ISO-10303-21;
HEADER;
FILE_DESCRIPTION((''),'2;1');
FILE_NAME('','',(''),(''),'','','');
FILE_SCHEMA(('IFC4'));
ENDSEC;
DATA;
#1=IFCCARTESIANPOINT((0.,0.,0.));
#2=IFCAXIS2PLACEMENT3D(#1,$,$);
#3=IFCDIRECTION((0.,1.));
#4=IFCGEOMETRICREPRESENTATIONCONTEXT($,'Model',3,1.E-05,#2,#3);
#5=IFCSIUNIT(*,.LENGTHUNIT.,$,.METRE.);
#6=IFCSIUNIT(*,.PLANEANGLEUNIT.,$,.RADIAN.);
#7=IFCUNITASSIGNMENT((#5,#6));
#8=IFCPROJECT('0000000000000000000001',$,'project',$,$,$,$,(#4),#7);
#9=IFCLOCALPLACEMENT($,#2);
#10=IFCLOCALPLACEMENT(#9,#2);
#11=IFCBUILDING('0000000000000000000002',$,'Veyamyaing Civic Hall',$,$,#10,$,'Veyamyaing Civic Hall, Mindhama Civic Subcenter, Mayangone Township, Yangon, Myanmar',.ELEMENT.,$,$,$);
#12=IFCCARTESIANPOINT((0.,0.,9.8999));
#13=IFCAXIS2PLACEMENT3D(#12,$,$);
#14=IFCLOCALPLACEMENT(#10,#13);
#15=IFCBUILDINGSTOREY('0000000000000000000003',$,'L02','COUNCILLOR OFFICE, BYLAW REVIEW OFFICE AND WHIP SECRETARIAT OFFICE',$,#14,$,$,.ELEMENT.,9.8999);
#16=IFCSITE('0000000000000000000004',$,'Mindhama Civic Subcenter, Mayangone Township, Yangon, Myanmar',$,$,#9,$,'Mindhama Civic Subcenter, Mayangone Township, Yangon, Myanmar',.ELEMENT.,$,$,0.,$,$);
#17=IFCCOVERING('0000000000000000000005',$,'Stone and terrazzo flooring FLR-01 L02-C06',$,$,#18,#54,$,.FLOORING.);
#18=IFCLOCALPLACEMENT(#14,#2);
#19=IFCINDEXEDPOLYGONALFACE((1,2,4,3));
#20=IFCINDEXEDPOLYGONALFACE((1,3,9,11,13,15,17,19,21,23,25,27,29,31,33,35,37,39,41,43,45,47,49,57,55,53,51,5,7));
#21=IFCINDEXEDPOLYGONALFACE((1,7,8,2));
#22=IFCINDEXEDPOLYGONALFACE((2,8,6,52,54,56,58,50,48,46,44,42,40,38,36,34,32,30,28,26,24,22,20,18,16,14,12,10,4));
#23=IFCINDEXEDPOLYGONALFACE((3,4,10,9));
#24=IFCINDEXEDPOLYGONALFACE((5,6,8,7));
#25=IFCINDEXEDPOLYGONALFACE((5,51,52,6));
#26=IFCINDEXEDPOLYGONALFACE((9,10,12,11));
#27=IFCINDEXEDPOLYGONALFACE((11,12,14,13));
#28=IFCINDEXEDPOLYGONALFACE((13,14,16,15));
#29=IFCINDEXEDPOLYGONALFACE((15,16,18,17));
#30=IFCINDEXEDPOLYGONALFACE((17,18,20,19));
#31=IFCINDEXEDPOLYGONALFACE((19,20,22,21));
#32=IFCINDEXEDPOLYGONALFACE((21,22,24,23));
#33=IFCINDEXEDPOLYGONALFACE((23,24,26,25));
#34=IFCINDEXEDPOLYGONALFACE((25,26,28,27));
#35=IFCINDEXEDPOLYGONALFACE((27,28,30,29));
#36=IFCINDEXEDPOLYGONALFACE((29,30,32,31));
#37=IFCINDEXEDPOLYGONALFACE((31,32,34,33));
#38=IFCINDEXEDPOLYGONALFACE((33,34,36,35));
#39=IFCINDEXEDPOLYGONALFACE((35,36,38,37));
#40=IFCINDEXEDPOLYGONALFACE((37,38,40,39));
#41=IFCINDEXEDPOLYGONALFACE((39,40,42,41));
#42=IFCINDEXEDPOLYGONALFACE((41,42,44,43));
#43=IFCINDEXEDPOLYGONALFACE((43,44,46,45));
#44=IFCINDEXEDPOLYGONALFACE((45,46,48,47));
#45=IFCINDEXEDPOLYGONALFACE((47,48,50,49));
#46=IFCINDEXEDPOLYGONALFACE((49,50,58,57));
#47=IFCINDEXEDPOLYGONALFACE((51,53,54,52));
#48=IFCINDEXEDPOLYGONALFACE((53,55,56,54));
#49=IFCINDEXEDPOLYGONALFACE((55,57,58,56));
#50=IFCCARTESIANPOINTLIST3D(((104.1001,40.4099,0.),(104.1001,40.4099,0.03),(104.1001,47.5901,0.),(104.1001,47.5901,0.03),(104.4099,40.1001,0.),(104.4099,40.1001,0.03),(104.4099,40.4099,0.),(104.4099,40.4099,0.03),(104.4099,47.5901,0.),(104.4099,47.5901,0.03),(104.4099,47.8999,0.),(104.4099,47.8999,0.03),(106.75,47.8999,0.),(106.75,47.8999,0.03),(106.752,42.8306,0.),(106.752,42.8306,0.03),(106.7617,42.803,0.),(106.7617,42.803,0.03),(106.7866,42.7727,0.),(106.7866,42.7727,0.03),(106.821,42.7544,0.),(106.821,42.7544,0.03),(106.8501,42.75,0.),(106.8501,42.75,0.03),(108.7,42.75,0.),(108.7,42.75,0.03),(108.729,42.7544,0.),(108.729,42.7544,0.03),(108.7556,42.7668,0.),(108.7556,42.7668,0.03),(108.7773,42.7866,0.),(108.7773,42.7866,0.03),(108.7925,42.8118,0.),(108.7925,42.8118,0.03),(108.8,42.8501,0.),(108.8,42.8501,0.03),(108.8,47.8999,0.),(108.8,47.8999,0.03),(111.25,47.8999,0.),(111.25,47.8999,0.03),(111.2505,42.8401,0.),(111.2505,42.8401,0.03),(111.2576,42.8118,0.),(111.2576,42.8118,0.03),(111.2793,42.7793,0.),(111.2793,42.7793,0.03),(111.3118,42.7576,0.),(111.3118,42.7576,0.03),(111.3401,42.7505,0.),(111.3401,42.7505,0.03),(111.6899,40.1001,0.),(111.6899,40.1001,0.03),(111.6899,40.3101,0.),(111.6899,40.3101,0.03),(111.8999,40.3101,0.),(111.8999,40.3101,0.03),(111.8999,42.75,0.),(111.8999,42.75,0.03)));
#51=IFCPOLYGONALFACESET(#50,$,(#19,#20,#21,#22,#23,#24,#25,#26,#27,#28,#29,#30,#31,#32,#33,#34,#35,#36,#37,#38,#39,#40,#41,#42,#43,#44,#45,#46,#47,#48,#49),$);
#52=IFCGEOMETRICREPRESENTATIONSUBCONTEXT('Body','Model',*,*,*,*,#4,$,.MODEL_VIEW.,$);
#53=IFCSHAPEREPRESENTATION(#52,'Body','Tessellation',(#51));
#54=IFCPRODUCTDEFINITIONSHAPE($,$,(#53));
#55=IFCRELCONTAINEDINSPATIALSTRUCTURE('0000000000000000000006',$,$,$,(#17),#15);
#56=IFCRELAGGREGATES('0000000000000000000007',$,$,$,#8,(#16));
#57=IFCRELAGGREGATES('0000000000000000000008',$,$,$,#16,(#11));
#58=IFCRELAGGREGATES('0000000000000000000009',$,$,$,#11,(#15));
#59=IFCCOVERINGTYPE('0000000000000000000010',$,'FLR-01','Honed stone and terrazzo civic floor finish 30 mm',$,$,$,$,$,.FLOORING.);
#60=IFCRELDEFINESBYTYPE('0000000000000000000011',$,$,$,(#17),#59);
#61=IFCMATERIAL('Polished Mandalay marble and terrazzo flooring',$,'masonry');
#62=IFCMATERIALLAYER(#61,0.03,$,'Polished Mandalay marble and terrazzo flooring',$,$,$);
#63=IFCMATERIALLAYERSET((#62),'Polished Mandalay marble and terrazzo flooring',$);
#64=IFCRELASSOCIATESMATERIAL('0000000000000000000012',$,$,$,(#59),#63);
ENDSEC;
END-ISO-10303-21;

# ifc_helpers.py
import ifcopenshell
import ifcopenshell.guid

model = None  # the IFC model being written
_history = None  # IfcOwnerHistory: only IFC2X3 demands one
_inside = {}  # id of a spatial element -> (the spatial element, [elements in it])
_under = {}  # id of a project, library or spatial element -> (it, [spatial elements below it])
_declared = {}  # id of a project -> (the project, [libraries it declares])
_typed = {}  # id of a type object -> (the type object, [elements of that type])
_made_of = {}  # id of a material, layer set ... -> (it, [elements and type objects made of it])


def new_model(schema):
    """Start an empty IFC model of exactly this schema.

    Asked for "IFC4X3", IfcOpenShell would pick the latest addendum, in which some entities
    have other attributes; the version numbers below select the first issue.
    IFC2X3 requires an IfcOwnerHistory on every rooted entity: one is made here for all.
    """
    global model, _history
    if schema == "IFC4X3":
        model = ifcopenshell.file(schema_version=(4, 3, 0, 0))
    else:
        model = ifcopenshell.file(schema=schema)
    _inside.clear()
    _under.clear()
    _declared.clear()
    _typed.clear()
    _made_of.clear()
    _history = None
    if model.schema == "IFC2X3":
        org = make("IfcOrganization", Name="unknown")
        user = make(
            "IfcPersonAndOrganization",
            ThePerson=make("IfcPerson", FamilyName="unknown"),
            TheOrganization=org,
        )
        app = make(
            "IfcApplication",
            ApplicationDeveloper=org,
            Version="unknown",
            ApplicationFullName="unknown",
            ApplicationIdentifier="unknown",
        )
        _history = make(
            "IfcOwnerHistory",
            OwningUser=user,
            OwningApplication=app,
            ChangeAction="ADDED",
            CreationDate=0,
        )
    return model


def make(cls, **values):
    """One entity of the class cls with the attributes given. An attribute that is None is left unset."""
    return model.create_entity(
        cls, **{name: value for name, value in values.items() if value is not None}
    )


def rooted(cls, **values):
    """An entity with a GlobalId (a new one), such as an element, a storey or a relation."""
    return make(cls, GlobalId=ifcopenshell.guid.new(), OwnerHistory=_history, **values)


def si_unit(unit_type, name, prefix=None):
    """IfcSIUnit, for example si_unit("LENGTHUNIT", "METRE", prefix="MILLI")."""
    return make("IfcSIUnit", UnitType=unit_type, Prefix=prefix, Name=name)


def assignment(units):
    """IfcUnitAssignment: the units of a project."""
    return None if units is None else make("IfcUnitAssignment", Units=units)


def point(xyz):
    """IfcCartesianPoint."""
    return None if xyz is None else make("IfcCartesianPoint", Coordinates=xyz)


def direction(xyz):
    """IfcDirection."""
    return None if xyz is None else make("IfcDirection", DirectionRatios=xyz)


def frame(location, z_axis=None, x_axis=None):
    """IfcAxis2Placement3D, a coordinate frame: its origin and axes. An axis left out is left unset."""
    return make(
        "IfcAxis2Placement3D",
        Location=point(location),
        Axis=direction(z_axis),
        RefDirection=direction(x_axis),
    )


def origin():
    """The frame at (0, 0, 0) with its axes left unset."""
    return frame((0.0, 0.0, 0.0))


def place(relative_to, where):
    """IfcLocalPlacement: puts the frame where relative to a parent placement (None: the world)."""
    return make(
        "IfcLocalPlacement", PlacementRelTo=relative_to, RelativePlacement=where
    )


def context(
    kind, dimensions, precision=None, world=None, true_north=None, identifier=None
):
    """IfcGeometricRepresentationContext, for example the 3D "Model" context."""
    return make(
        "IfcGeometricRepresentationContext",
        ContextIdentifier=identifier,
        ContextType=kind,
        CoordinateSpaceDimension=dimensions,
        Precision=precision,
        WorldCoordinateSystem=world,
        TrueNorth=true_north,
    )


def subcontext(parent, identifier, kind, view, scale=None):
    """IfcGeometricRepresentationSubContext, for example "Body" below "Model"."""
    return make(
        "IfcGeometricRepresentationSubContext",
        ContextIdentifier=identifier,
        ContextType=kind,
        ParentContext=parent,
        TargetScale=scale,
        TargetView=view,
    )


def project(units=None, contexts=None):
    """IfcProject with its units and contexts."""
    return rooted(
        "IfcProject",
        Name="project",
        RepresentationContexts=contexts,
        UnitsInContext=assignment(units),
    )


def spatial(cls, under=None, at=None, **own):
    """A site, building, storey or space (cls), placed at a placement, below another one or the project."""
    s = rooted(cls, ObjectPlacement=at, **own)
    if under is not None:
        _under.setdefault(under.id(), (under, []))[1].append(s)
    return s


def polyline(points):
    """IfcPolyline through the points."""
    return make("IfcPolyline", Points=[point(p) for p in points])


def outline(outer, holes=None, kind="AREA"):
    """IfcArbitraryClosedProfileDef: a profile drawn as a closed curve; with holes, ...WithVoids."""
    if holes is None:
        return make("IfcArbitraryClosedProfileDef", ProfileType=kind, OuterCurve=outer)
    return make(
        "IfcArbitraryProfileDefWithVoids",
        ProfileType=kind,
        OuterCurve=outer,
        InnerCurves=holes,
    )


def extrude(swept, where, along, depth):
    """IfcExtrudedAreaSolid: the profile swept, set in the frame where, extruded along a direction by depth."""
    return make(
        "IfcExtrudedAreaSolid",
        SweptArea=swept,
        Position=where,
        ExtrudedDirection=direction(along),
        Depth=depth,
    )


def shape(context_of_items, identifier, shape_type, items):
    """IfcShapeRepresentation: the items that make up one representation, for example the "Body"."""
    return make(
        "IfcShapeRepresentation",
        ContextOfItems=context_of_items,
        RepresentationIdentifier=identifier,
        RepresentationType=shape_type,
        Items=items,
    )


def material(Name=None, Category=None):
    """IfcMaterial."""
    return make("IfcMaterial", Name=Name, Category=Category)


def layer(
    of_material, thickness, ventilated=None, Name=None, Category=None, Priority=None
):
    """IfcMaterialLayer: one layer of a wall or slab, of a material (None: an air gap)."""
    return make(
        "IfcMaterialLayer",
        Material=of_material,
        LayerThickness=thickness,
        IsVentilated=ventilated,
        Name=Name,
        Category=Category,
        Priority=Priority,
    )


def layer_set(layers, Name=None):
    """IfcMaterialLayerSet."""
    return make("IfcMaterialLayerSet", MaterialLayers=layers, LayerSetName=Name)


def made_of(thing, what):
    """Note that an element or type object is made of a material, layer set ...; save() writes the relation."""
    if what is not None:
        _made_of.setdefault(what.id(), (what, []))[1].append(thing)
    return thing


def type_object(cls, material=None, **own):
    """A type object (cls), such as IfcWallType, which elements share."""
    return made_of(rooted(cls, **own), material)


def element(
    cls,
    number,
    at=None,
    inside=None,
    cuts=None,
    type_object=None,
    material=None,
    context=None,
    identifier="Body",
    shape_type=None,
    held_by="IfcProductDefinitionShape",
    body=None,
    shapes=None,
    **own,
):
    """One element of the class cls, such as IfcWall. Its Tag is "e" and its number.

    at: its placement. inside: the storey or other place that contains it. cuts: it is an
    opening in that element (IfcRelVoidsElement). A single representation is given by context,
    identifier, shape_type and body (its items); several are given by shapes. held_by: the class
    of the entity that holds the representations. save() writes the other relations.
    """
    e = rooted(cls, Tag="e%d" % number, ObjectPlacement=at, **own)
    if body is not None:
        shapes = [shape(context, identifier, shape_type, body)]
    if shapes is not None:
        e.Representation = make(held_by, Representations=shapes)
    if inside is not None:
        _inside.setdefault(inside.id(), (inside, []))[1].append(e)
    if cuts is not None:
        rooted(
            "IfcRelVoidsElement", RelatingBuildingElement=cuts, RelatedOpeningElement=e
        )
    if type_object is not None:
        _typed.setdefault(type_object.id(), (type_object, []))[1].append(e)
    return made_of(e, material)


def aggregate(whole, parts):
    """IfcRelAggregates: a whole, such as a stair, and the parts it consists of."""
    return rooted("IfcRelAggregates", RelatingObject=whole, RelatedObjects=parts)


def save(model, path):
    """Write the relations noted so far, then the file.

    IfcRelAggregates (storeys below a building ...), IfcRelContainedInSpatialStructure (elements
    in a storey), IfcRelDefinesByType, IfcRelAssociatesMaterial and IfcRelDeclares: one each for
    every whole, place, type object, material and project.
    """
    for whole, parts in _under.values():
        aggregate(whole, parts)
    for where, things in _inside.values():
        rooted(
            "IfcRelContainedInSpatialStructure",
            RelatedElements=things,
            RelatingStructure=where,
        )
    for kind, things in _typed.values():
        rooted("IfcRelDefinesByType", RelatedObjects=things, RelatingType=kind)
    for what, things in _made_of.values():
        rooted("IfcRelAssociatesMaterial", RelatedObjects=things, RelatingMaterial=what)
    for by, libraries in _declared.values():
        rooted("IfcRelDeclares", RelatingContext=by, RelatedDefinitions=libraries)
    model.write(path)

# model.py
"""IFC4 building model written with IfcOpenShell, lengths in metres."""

from ifc_helpers import new_model, si_unit, direction, frame, origin, place, context, subcontext, project, spatial, polyline, outline, extrude, material, layer, layer_set, type_object, element, save


model = new_model("IFC4")

# Units and contexts
model_context = context("Model", 3, precision=1e-05, world=origin(), true_north=direction((0.0, 1.0)))
body_context = subcontext(model_context, "Body", "Model", "MODEL_VIEW")
ifc_project = project(units=[si_unit("LENGTHUNIT", "METRE"), si_unit("PLANEANGLEUNIT", "RADIAN")], contexts=[model_context])

# Site, building, storey
site_placement = place(None, origin())
site = spatial("IfcSite", under=ifc_project, at=site_placement, Name="Mindhama Civic Subcenter, Mayangone Township, Yangon, Myanmar", LongName="Mindhama Civic Subcenter, Mayangone Township, Yangon, Myanmar", CompositionType="ELEMENT", RefElevation=0.0)
building_placement = place(site_placement, origin())
building = spatial("IfcBuilding", under=site, at=building_placement, Name="Veyamyaing Civic Hall", LongName="Veyamyaing Civic Hall, Mindhama Civic Subcenter, Mayangone Township, Yangon, Myanmar", CompositionType="ELEMENT")
storey_placement = place(building_placement, frame((0.0, 0.0, 9.8999)))
storey = spatial("IfcBuildingStorey", under=building, at=storey_placement, Name="L02", Description="COUNCILLOR OFFICE, BYLAW REVIEW OFFICE AND WHIP SECRETARIAT OFFICE", CompositionType="ELEMENT", Elevation=9.8999)

# Covering
ifc_material_1 = material(Name="Polished Mandalay marble and terrazzo flooring", Category="masonry")
ifc_layer_1 = layer(ifc_material_1, 0.03, Name="Polished Mandalay marble and terrazzo flooring")
ifc_layer_set_1 = layer_set([ifc_layer_1], Name="Polished Mandalay marble and terrazzo flooring")
covering_type_1 = type_object("IfcCoveringType", Name="FLR-01", Description="Honed stone and terrazzo civic floor finish 30 mm", PredefinedType="FLOORING", material=ifc_layer_set_1)
covering_1_placement = place(storey_placement, origin())
element("IfcCovering", 1, at=covering_1_placement, inside=storey, type_object=covering_type_1, Name="Stone and terrazzo flooring FLR-01 L02-C06", PredefinedType="FLOORING", context=body_context, shape_type="SweptSolid", body=[
    extrude(outline(polyline([(106.7617, 42.803), (106.7866, 42.7727), (106.821, 42.7544), (106.8501, 42.75), (108.7, 42.75), (108.729, 42.7544), (108.7556, 42.7668), (108.7773, 42.7866), (108.7925, 42.8118), (108.8, 42.8501), (108.8, 47.8999), (111.25, 47.8999), (111.2505, 42.8401), (111.2576, 42.8118), (111.2793, 42.7793), (111.3118, 42.7576), (111.3401, 42.7505), (111.8999, 42.75), (111.8999, 40.3101), (111.6899, 40.3101), (111.6899, 40.1001), (104.4099, 40.1001), (104.4099, 40.4099), (104.1001, 40.4099), (104.1001, 47.5901), (104.4099, 47.5901), (104.4099, 47.8999), (106.75, 47.8999), (106.752, 42.8306), (106.7617, 42.803)])), origin(), (0.0, 0.0, 1.0), 0.03),
])

save(model, "model.ifc")
